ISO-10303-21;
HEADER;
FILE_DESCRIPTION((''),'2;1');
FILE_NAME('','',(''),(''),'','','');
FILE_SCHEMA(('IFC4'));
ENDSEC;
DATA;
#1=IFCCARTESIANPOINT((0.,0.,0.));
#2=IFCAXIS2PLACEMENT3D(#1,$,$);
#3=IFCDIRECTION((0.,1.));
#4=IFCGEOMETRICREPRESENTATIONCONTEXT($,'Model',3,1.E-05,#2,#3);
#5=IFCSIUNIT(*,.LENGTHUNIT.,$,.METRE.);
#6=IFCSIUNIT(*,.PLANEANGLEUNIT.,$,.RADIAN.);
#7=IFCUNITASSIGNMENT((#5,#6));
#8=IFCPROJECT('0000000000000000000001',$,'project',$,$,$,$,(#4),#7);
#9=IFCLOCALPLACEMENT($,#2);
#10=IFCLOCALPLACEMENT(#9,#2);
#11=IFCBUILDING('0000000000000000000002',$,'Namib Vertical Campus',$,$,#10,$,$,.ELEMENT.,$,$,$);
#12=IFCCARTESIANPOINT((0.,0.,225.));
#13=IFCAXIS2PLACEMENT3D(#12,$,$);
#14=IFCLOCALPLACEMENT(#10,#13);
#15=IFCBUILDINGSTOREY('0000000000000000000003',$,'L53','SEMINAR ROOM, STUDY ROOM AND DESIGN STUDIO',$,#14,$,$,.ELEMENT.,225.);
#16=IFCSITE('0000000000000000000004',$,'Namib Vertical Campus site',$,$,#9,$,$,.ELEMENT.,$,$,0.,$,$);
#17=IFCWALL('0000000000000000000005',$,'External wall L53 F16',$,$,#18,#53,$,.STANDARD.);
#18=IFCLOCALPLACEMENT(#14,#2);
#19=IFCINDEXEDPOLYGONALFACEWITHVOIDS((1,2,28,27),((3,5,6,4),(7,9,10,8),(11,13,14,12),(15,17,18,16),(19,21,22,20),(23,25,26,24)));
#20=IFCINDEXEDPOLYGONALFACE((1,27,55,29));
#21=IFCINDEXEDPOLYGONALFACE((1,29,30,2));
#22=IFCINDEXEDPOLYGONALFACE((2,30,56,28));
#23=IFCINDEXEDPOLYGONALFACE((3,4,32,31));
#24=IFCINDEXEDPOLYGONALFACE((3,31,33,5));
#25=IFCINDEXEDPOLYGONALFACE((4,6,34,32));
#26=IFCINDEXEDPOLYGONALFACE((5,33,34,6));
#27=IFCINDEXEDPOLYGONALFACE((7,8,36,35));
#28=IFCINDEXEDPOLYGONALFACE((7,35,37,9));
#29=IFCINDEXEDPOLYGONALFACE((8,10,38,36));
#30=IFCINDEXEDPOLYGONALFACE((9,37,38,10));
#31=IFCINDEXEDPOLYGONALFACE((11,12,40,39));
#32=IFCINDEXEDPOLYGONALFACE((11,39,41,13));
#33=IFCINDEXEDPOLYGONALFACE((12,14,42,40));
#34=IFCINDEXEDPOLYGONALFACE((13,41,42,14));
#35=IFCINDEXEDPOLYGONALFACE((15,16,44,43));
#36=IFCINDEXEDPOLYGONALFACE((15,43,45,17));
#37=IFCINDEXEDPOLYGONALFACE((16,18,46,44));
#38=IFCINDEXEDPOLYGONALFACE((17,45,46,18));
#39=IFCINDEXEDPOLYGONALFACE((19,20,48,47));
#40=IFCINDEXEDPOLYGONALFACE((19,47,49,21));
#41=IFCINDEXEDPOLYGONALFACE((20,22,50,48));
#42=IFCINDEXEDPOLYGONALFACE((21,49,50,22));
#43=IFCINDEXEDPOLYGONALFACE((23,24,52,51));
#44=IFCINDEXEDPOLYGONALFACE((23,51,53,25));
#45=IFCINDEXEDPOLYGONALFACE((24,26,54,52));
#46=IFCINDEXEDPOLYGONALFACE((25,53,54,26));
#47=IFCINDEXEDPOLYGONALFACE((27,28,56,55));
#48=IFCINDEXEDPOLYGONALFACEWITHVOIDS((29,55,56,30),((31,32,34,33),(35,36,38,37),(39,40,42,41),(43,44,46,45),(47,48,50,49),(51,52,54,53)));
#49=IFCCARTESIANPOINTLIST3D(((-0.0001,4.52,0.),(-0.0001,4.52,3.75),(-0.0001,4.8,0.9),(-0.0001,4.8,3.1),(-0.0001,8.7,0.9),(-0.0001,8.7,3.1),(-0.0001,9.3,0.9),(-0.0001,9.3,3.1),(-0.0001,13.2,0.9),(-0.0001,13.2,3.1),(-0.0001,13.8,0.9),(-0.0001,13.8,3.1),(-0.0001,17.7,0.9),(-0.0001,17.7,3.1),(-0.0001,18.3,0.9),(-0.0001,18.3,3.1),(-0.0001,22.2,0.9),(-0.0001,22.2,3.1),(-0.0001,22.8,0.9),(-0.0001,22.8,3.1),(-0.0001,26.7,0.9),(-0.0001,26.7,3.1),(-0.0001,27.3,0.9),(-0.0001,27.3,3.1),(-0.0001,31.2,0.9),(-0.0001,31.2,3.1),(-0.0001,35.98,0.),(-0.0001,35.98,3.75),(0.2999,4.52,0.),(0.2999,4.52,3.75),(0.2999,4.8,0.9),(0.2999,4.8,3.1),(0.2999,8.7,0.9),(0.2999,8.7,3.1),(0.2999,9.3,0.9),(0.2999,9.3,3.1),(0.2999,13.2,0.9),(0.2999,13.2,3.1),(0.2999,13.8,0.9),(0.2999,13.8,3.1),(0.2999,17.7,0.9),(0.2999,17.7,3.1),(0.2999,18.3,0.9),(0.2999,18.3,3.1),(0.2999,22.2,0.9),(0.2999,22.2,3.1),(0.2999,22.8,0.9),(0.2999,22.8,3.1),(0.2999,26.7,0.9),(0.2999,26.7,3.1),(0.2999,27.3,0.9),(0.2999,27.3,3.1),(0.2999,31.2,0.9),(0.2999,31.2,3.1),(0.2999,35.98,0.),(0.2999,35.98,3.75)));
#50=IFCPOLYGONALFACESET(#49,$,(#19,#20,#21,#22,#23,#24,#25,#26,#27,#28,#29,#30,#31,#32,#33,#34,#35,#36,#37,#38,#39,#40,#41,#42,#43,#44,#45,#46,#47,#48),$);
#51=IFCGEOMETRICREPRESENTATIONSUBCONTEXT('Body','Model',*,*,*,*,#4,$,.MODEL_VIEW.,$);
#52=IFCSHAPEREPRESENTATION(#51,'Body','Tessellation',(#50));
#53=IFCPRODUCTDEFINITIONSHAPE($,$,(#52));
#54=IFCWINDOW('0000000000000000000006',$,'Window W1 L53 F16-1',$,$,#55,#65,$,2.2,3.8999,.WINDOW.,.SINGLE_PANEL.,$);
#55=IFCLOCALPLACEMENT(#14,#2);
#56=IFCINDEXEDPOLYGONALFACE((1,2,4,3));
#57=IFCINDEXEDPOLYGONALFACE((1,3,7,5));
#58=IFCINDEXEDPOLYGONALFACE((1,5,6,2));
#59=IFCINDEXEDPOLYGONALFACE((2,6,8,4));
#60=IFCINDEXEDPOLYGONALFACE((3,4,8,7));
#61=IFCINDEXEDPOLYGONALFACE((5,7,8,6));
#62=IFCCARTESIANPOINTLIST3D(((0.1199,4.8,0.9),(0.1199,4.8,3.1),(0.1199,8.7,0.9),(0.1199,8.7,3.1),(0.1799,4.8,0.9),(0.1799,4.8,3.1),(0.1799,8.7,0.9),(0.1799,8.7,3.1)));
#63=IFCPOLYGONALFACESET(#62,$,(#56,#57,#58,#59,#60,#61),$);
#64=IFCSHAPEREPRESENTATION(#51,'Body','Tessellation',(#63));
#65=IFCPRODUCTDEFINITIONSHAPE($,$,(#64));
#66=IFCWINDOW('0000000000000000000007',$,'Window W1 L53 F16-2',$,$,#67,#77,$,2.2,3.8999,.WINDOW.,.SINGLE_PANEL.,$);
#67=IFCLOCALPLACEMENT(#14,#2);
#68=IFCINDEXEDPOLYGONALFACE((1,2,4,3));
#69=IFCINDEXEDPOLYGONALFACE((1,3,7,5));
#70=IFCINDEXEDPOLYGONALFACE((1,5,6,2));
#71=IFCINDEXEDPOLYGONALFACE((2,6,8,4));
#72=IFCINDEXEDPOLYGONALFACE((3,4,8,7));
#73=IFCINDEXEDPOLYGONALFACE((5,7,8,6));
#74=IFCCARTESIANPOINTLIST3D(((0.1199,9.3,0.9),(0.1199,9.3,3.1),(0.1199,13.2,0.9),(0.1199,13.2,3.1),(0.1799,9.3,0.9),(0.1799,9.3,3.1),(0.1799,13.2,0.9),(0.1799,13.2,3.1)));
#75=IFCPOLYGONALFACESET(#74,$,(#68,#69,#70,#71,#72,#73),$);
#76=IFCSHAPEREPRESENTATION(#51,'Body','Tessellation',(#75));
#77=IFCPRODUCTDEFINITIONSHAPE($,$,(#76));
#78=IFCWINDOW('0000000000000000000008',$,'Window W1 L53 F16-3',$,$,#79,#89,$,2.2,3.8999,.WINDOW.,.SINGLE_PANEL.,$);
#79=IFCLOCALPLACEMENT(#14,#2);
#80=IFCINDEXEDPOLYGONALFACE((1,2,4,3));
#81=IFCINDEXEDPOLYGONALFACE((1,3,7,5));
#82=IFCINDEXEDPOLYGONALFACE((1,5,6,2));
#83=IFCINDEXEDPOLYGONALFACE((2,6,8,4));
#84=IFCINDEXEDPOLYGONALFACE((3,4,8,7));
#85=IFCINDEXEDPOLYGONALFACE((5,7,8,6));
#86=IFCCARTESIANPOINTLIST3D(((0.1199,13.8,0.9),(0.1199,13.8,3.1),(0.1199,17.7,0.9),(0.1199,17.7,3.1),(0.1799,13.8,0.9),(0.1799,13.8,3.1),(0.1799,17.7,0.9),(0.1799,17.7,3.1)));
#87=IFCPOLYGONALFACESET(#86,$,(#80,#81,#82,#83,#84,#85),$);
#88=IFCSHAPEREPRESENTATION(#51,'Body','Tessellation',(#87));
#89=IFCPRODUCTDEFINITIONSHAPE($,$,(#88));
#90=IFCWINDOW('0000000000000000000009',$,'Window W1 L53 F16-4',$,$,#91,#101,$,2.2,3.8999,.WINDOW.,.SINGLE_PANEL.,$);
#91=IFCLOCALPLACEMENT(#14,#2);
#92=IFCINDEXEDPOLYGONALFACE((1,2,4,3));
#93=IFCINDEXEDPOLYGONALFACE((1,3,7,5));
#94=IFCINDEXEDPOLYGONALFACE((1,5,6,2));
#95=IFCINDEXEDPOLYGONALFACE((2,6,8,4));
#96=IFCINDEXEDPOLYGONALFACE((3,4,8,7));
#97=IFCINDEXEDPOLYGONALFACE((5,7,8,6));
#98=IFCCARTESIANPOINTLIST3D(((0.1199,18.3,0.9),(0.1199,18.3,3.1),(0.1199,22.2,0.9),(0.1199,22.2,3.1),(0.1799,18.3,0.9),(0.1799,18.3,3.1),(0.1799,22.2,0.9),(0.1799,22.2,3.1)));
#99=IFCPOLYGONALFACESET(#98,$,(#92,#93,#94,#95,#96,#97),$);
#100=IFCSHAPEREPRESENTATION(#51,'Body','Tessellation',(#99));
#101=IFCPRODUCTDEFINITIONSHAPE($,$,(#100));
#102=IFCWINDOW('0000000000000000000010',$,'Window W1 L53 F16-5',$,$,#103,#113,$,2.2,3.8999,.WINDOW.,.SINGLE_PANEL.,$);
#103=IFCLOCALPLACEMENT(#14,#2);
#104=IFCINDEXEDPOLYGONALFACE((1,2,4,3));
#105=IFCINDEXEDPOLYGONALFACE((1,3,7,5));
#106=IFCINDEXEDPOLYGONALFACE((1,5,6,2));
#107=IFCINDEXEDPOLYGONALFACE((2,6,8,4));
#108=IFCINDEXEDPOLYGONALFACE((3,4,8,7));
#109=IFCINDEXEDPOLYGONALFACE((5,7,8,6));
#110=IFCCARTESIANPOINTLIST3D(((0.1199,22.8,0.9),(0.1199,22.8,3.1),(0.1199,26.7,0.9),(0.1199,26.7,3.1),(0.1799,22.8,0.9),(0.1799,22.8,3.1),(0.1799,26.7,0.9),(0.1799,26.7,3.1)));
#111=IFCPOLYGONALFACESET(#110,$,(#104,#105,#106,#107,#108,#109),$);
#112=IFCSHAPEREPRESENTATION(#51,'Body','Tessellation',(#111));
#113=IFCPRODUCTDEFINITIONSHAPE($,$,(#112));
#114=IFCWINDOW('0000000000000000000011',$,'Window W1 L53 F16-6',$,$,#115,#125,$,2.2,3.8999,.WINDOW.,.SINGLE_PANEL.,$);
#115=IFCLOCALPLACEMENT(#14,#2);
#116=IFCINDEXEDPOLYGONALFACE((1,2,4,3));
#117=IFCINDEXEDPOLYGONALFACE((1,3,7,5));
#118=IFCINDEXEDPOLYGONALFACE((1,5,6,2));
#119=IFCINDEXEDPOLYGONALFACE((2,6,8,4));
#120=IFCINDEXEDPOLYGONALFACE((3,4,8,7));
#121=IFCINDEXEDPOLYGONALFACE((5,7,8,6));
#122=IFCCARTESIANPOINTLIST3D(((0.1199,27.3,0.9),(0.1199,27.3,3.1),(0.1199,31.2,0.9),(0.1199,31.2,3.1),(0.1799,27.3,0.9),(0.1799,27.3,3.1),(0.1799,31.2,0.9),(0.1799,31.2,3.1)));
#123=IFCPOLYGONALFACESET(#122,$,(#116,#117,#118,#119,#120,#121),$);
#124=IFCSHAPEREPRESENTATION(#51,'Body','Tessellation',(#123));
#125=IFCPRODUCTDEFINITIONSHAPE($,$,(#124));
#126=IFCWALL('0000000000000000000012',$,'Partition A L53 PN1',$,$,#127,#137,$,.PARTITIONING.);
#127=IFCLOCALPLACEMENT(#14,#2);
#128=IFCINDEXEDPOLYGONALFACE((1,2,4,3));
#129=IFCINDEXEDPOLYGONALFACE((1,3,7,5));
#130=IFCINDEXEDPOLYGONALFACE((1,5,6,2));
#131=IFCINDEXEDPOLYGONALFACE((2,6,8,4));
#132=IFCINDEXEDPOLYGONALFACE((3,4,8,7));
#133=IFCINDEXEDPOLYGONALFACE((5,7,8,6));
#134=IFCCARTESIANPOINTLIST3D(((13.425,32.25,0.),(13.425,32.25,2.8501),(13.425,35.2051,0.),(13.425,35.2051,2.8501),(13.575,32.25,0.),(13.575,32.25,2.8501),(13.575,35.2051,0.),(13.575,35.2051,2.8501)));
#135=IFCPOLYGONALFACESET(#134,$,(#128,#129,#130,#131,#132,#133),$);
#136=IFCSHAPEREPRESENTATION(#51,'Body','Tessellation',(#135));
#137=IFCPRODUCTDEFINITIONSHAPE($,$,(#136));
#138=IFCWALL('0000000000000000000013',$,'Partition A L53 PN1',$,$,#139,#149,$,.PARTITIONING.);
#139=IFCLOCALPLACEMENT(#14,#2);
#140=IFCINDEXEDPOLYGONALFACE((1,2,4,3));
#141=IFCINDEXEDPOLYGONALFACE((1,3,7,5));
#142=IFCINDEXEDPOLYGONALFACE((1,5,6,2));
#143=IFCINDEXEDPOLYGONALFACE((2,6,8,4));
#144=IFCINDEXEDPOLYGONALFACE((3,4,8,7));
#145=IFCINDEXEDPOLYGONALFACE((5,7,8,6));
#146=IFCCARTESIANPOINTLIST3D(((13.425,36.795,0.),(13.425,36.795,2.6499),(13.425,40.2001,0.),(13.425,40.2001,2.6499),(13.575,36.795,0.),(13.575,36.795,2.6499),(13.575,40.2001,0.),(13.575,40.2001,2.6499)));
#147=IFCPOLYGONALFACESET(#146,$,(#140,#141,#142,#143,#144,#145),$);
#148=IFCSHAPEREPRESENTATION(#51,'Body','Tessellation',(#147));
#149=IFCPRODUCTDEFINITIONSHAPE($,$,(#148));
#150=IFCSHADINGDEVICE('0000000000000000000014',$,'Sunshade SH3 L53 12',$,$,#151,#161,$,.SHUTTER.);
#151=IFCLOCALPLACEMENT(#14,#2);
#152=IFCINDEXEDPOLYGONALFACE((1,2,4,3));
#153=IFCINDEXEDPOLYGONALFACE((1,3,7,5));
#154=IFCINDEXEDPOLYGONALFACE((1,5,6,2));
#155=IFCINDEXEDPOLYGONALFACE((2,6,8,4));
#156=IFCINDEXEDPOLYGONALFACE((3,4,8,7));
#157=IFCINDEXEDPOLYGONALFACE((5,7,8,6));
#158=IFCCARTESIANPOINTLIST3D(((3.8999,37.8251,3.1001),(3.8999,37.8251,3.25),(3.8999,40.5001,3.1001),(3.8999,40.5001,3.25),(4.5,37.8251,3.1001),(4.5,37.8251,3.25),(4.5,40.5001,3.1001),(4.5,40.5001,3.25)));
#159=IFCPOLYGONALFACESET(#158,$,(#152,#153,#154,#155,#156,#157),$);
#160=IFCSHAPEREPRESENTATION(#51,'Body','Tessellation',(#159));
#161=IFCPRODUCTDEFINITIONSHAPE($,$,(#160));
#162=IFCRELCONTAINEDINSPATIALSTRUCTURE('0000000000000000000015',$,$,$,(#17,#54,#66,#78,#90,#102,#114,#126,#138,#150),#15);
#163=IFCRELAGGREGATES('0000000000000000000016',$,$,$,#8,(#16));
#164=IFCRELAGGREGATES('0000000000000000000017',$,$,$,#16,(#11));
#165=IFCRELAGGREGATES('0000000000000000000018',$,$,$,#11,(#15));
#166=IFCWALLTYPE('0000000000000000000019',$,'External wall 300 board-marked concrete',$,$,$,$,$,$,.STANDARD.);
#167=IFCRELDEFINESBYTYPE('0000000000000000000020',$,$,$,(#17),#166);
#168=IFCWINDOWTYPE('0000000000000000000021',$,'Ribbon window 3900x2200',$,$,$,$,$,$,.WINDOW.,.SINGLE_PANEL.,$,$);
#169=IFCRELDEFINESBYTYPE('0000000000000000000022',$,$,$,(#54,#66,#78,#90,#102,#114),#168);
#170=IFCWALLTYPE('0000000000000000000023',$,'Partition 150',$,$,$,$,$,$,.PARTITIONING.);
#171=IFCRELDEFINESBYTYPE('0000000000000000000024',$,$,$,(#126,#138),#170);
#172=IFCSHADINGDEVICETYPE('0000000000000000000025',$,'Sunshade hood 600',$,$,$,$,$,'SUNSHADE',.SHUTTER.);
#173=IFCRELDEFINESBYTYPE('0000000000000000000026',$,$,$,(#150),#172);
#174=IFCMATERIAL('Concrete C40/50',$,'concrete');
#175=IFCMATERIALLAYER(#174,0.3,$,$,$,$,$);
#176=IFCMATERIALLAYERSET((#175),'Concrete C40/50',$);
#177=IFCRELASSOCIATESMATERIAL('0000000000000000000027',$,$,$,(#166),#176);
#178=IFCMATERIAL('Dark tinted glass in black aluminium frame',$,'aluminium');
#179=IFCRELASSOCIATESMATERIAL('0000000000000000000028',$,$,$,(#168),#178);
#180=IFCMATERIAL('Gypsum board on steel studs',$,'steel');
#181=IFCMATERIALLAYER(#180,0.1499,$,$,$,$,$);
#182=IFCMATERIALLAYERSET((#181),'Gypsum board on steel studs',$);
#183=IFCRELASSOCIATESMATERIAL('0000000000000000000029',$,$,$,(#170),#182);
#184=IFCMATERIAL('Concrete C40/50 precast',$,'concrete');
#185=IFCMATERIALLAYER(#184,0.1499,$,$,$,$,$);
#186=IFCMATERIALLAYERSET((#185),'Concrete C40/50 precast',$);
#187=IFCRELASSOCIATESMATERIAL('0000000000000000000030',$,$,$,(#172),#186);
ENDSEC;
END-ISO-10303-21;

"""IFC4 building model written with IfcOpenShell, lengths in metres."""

from ifc_helpers import new_model, si_unit, direction, frame, frame_2d, origin, origin_2d, place, context, subcontext, project, spatial, rectangle, extrude, material, layer, layer_set, type_object, element, fill, save


model = new_model("IFC4")

# Units and contexts
model_context = context("Model", 3, precision=1e-05, world=origin(), true_north=direction((0.0, 1.0)))
body_context = subcontext(model_context, "Body", "Model", "MODEL_VIEW")
ifc_project = project(units=[si_unit("LENGTHUNIT", "METRE"), si_unit("PLANEANGLEUNIT", "RADIAN")], contexts=[model_context])

# Site, building, storey
site_placement = place(None, origin())
site = spatial("IfcSite", under=ifc_project, at=site_placement, Name="Namib Vertical Campus site", CompositionType="ELEMENT", RefElevation=0.0)
building_placement = place(site_placement, origin())
building = spatial("IfcBuilding", under=site, at=building_placement, Name="Namib Vertical Campus", CompositionType="ELEMENT")
storey_placement = place(building_placement, frame((0.0, 0.0, 225.0)))
storey = spatial("IfcBuildingStorey", under=building, at=storey_placement, Name="L53", Description="SEMINAR ROOM, STUDY ROOM AND DESIGN STUDIO", CompositionType="ELEMENT", Elevation=225.0)

# Shared definitions
ifc_material_1 = material(Name="Concrete C40/50", Category="concrete")
ifc_layer_1 = layer(ifc_material_1, 0.3)
ifc_layer_set_1 = layer_set([ifc_layer_1], Name="Concrete C40/50")
wall_type_1 = type_object("IfcWallType", Name="External wall 300 board-marked concrete", PredefinedType="STANDARD", material=ifc_layer_set_1)

# Wall, openings, windows
wall_1_placement = place(storey_placement, frame((0.1499, 35.98, 0.0), z_axis=(0.0, 0.0, 1.0), x_axis=(0.0, -1.0, 0.0)))
wall_1 = element("IfcWall", 1, at=wall_1_placement, inside=storey, type_object=wall_type_1, Name="External wall L53 F16", PredefinedType="STANDARD", context=body_context, shape_type="SweptSolid", body=[
    extrude(rectangle(XDim=31.46, YDim=0.3, at=frame_2d((15.73, 0.0))), origin(), (0.0, 0.0, 1.0), 3.75),
])
opening_1_placement = place(wall_1_placement, frame((27.28, 0.0, 0.8999)))
opening_1 = element("IfcOpeningElement", 2, at=opening_1_placement, cuts=wall_1, PredefinedType="OPENING", context=body_context, shape_type="SweptSolid", body=[
    extrude(rectangle(XDim=3.8999, YDim=2.2, at=frame_2d((1.95, 1.1001))), frame((0.0, 0.1599, 0.0), z_axis=(0.0, -1.0, 0.0), x_axis=(1.0, 0.0, 0.0)), (0.0, 0.0, 1.0), 0.3201),
])
opening_2_placement = place(wall_1_placement, frame((22.78, 0.0, 0.8999)))
opening_2 = element("IfcOpeningElement", 3, at=opening_2_placement, cuts=wall_1, PredefinedType="OPENING", context=body_context, shape_type="SweptSolid", body=[
    extrude(rectangle(XDim=3.8999, YDim=2.2, at=frame_2d((1.95, 1.1001))), frame((0.0, 0.1599, 0.0), z_axis=(0.0, -1.0, 0.0), x_axis=(1.0, 0.0, 0.0)), (0.0, 0.0, 1.0), 0.3201),
])
opening_3_placement = place(wall_1_placement, frame((18.28, 0.0, 0.8999)))
opening_3 = element("IfcOpeningElement", 4, at=opening_3_placement, cuts=wall_1, PredefinedType="OPENING", context=body_context, shape_type="SweptSolid", body=[
    extrude(rectangle(XDim=3.8999, YDim=2.2, at=frame_2d((1.95, 1.1001))), frame((0.0, 0.1599, 0.0), z_axis=(0.0, -1.0, 0.0), x_axis=(1.0, 0.0, 0.0)), (0.0, 0.0, 1.0), 0.3201),
])
opening_4_placement = place(wall_1_placement, frame((13.78, 0.0, 0.8999)))
opening_4 = element("IfcOpeningElement", 5, at=opening_4_placement, cuts=wall_1, PredefinedType="OPENING", context=body_context, shape_type="SweptSolid", body=[
    extrude(rectangle(XDim=3.8999, YDim=2.2, at=frame_2d((1.95, 1.1001))), frame((0.0, 0.1599, 0.0), z_axis=(0.0, -1.0, 0.0), x_axis=(1.0, 0.0, 0.0)), (0.0, 0.0, 1.0), 0.3201),
])
opening_5_placement = place(wall_1_placement, frame((9.28, 0.0, 0.8999)))
opening_5 = element("IfcOpeningElement", 6, at=opening_5_placement, cuts=wall_1, PredefinedType="OPENING", context=body_context, shape_type="SweptSolid", body=[
    extrude(rectangle(XDim=3.8999, YDim=2.2, at=frame_2d((1.95, 1.1001))), frame((0.0, 0.1599, 0.0), z_axis=(0.0, -1.0, 0.0), x_axis=(1.0, 0.0, 0.0)), (0.0, 0.0, 1.0), 0.3201),
])
opening_6_placement = place(wall_1_placement, frame((4.78, 0.0, 0.8999)))
opening_6 = element("IfcOpeningElement", 7, at=opening_6_placement, cuts=wall_1, PredefinedType="OPENING", context=body_context, shape_type="SweptSolid", body=[
    extrude(rectangle(XDim=3.8999, YDim=2.2, at=frame_2d((1.95, 1.1001))), frame((0.0, 0.1599, 0.0), z_axis=(0.0, -1.0, 0.0), x_axis=(1.0, 0.0, 0.0)), (0.0, 0.0, 1.0), 0.3201),
])
ifc_material_2 = material(Name="Dark tinted glass in black aluminium frame", Category="aluminium")
window_type = type_object("IfcWindowType", Name="Ribbon window 3900x2200", PartitioningType="SINGLE_PANEL", PredefinedType="WINDOW", material=ifc_material_2)
window_1_placement = place(opening_1_placement, origin())
window_1 = element("IfcWindow", 8, at=window_1_placement, inside=storey, type_object=window_type, Name="Window W1 L53 F16-1", OverallHeight=2.2, OverallWidth=3.8999, PartitioningType="SINGLE_PANEL", PredefinedType="WINDOW", context=body_context, shape_type="SweptSolid", body=[
    extrude(rectangle(XDim=3.8999, YDim=2.2, at=frame_2d((1.95, 1.1001))), frame((0.0, 0.03, 0.0), z_axis=(0.0, -1.0, 0.0), x_axis=(1.0, 0.0, 0.0)), (0.0, 0.0, 1.0), 0.0601),
])
fill(opening_1, window_1)
window_2_placement = place(opening_2_placement, origin())
window_2 = element("IfcWindow", 9, at=window_2_placement, inside=storey, type_object=window_type, Name="Window W1 L53 F16-2", OverallHeight=2.2, OverallWidth=3.8999, PartitioningType="SINGLE_PANEL", PredefinedType="WINDOW", context=body_context, shape_type="SweptSolid", body=[
    extrude(rectangle(XDim=3.8999, YDim=2.2, at=frame_2d((1.95, 1.1001))), frame((0.0, 0.03, 0.0), z_axis=(0.0, -1.0, 0.0), x_axis=(1.0, 0.0, 0.0)), (0.0, 0.0, 1.0), 0.0601),
])
fill(opening_2, window_2)
window_3_placement = place(opening_3_placement, origin())
window_3 = element("IfcWindow", 10, at=window_3_placement, inside=storey, type_object=window_type, Name="Window W1 L53 F16-3", OverallHeight=2.2, OverallWidth=3.8999, PartitioningType="SINGLE_PANEL", PredefinedType="WINDOW", context=body_context, shape_type="SweptSolid", body=[
    extrude(rectangle(XDim=3.8999, YDim=2.2, at=frame_2d((1.95, 1.1001))), frame((0.0, 0.03, 0.0), z_axis=(0.0, -1.0, 0.0), x_axis=(1.0, 0.0, 0.0)), (0.0, 0.0, 1.0), 0.0601),
])
fill(opening_3, window_3)
window_4_placement = place(opening_4_placement, origin())
window_4 = element("IfcWindow", 11, at=window_4_placement, inside=storey, type_object=window_type, Name="Window W1 L53 F16-4", OverallHeight=2.2, OverallWidth=3.8999, PartitioningType="SINGLE_PANEL", PredefinedType="WINDOW", context=body_context, shape_type="SweptSolid", body=[
    extrude(rectangle(XDim=3.8999, YDim=2.2, at=frame_2d((1.95, 1.1001))), frame((0.0, 0.03, 0.0), z_axis=(0.0, -1.0, 0.0), x_axis=(1.0, 0.0, 0.0)), (0.0, 0.0, 1.0), 0.0601),
])
fill(opening_4, window_4)
window_5_placement = place(opening_5_placement, origin())
window_5 = element("IfcWindow", 12, at=window_5_placement, inside=storey, type_object=window_type, Name="Window W1 L53 F16-5", OverallHeight=2.2, OverallWidth=3.8999, PartitioningType="SINGLE_PANEL", PredefinedType="WINDOW", context=body_context, shape_type="SweptSolid", body=[
    extrude(rectangle(XDim=3.8999, YDim=2.2, at=frame_2d((1.95, 1.1001))), frame((0.0, 0.03, 0.0), z_axis=(0.0, -1.0, 0.0), x_axis=(1.0, 0.0, 0.0)), (0.0, 0.0, 1.0), 0.0601),
])
fill(opening_5, window_5)
window_6_placement = place(opening_6_placement, origin())
window_6 = element("IfcWindow", 13, at=window_6_placement, inside=storey, type_object=window_type, Name="Window W1 L53 F16-6", OverallHeight=2.2, OverallWidth=3.8999, PartitioningType="SINGLE_PANEL", PredefinedType="WINDOW", context=body_context, shape_type="SweptSolid", body=[
    extrude(rectangle(XDim=3.8999, YDim=2.2, at=frame_2d((1.95, 1.1001))), frame((0.0, 0.03, 0.0), z_axis=(0.0, -1.0, 0.0), x_axis=(1.0, 0.0, 0.0)), (0.0, 0.0, 1.0), 0.0601),
])
fill(opening_6, window_6)

# Walls
ifc_material_3 = material(Name="Gypsum board on steel studs", Category="steel")
ifc_layer_2 = layer(ifc_material_3, 0.1499)
ifc_layer_set_2 = layer_set([ifc_layer_2], Name="Gypsum board on steel studs")
wall_type_2 = type_object("IfcWallType", Name="Partition 150", PredefinedType="PARTITIONING", material=ifc_layer_set_2)
wall_2_placement = place(storey_placement, frame((13.5, 32.25, 0.0), z_axis=(0.0, 0.0, 1.0), x_axis=(0.0, 1.0, 0.0)))
element("IfcWall", 14, at=wall_2_placement, inside=storey, type_object=wall_type_2, Name="Partition A L53 PN1", PredefinedType="PARTITIONING", context=body_context, shape_type="SweptSolid", body=[
    extrude(rectangle(XDim=2.9551, YDim=0.1499, at=frame_2d((1.4775, 0.0))), origin(), (0.0, 0.0, 1.0), 2.8501),
])
wall_3_placement = place(storey_placement, frame((13.5, 36.7949, 0.0), z_axis=(0.0, 0.0, 1.0), x_axis=(0.0, 1.0, 0.0)))
element("IfcWall", 15, at=wall_3_placement, inside=storey, type_object=wall_type_2, Name="Partition A L53 PN1", PredefinedType="PARTITIONING", context=body_context, shape_type="SweptSolid", body=[
    extrude(rectangle(XDim=3.405, YDim=0.1499, at=frame_2d((1.7026, 0.0))), origin(), (0.0, 0.0, 1.0), 2.6499),
])

# Shading device
ifc_material_4 = material(Name="Concrete C40/50 precast", Category="concrete")
ifc_layer_3 = layer(ifc_material_4, 0.1499)
ifc_layer_set_3 = layer_set([ifc_layer_3], Name="Concrete C40/50 precast")
shading_device_type = type_object("IfcShadingDeviceType", Name="Sunshade hood 600", ElementType="SUNSHADE", PredefinedType="SHUTTER", material=ifc_layer_set_3)
for number, where, z_axis, x_axis, name in (
    (16, (4.2, 39.1626, 3.1001), (0.0, 0.0, 1.0), (0.0, -1.0, 0.0), "Sunshade SH3 L53 12"),
):
    element("IfcShadingDevice", number, at=place(storey_placement, frame(where, z_axis=z_axis, x_axis=x_axis)), inside=storey, type_object=shading_device_type, Name=name, PredefinedType="SHUTTER", context=body_context, shape_type="SweptSolid", body=[
        extrude(rectangle(XDim=2.675, YDim=0.6001, at=origin_2d()), origin(), (0.0, 0.0, 1.0), 0.1499),
    ])

save(model, "model.ifc")
